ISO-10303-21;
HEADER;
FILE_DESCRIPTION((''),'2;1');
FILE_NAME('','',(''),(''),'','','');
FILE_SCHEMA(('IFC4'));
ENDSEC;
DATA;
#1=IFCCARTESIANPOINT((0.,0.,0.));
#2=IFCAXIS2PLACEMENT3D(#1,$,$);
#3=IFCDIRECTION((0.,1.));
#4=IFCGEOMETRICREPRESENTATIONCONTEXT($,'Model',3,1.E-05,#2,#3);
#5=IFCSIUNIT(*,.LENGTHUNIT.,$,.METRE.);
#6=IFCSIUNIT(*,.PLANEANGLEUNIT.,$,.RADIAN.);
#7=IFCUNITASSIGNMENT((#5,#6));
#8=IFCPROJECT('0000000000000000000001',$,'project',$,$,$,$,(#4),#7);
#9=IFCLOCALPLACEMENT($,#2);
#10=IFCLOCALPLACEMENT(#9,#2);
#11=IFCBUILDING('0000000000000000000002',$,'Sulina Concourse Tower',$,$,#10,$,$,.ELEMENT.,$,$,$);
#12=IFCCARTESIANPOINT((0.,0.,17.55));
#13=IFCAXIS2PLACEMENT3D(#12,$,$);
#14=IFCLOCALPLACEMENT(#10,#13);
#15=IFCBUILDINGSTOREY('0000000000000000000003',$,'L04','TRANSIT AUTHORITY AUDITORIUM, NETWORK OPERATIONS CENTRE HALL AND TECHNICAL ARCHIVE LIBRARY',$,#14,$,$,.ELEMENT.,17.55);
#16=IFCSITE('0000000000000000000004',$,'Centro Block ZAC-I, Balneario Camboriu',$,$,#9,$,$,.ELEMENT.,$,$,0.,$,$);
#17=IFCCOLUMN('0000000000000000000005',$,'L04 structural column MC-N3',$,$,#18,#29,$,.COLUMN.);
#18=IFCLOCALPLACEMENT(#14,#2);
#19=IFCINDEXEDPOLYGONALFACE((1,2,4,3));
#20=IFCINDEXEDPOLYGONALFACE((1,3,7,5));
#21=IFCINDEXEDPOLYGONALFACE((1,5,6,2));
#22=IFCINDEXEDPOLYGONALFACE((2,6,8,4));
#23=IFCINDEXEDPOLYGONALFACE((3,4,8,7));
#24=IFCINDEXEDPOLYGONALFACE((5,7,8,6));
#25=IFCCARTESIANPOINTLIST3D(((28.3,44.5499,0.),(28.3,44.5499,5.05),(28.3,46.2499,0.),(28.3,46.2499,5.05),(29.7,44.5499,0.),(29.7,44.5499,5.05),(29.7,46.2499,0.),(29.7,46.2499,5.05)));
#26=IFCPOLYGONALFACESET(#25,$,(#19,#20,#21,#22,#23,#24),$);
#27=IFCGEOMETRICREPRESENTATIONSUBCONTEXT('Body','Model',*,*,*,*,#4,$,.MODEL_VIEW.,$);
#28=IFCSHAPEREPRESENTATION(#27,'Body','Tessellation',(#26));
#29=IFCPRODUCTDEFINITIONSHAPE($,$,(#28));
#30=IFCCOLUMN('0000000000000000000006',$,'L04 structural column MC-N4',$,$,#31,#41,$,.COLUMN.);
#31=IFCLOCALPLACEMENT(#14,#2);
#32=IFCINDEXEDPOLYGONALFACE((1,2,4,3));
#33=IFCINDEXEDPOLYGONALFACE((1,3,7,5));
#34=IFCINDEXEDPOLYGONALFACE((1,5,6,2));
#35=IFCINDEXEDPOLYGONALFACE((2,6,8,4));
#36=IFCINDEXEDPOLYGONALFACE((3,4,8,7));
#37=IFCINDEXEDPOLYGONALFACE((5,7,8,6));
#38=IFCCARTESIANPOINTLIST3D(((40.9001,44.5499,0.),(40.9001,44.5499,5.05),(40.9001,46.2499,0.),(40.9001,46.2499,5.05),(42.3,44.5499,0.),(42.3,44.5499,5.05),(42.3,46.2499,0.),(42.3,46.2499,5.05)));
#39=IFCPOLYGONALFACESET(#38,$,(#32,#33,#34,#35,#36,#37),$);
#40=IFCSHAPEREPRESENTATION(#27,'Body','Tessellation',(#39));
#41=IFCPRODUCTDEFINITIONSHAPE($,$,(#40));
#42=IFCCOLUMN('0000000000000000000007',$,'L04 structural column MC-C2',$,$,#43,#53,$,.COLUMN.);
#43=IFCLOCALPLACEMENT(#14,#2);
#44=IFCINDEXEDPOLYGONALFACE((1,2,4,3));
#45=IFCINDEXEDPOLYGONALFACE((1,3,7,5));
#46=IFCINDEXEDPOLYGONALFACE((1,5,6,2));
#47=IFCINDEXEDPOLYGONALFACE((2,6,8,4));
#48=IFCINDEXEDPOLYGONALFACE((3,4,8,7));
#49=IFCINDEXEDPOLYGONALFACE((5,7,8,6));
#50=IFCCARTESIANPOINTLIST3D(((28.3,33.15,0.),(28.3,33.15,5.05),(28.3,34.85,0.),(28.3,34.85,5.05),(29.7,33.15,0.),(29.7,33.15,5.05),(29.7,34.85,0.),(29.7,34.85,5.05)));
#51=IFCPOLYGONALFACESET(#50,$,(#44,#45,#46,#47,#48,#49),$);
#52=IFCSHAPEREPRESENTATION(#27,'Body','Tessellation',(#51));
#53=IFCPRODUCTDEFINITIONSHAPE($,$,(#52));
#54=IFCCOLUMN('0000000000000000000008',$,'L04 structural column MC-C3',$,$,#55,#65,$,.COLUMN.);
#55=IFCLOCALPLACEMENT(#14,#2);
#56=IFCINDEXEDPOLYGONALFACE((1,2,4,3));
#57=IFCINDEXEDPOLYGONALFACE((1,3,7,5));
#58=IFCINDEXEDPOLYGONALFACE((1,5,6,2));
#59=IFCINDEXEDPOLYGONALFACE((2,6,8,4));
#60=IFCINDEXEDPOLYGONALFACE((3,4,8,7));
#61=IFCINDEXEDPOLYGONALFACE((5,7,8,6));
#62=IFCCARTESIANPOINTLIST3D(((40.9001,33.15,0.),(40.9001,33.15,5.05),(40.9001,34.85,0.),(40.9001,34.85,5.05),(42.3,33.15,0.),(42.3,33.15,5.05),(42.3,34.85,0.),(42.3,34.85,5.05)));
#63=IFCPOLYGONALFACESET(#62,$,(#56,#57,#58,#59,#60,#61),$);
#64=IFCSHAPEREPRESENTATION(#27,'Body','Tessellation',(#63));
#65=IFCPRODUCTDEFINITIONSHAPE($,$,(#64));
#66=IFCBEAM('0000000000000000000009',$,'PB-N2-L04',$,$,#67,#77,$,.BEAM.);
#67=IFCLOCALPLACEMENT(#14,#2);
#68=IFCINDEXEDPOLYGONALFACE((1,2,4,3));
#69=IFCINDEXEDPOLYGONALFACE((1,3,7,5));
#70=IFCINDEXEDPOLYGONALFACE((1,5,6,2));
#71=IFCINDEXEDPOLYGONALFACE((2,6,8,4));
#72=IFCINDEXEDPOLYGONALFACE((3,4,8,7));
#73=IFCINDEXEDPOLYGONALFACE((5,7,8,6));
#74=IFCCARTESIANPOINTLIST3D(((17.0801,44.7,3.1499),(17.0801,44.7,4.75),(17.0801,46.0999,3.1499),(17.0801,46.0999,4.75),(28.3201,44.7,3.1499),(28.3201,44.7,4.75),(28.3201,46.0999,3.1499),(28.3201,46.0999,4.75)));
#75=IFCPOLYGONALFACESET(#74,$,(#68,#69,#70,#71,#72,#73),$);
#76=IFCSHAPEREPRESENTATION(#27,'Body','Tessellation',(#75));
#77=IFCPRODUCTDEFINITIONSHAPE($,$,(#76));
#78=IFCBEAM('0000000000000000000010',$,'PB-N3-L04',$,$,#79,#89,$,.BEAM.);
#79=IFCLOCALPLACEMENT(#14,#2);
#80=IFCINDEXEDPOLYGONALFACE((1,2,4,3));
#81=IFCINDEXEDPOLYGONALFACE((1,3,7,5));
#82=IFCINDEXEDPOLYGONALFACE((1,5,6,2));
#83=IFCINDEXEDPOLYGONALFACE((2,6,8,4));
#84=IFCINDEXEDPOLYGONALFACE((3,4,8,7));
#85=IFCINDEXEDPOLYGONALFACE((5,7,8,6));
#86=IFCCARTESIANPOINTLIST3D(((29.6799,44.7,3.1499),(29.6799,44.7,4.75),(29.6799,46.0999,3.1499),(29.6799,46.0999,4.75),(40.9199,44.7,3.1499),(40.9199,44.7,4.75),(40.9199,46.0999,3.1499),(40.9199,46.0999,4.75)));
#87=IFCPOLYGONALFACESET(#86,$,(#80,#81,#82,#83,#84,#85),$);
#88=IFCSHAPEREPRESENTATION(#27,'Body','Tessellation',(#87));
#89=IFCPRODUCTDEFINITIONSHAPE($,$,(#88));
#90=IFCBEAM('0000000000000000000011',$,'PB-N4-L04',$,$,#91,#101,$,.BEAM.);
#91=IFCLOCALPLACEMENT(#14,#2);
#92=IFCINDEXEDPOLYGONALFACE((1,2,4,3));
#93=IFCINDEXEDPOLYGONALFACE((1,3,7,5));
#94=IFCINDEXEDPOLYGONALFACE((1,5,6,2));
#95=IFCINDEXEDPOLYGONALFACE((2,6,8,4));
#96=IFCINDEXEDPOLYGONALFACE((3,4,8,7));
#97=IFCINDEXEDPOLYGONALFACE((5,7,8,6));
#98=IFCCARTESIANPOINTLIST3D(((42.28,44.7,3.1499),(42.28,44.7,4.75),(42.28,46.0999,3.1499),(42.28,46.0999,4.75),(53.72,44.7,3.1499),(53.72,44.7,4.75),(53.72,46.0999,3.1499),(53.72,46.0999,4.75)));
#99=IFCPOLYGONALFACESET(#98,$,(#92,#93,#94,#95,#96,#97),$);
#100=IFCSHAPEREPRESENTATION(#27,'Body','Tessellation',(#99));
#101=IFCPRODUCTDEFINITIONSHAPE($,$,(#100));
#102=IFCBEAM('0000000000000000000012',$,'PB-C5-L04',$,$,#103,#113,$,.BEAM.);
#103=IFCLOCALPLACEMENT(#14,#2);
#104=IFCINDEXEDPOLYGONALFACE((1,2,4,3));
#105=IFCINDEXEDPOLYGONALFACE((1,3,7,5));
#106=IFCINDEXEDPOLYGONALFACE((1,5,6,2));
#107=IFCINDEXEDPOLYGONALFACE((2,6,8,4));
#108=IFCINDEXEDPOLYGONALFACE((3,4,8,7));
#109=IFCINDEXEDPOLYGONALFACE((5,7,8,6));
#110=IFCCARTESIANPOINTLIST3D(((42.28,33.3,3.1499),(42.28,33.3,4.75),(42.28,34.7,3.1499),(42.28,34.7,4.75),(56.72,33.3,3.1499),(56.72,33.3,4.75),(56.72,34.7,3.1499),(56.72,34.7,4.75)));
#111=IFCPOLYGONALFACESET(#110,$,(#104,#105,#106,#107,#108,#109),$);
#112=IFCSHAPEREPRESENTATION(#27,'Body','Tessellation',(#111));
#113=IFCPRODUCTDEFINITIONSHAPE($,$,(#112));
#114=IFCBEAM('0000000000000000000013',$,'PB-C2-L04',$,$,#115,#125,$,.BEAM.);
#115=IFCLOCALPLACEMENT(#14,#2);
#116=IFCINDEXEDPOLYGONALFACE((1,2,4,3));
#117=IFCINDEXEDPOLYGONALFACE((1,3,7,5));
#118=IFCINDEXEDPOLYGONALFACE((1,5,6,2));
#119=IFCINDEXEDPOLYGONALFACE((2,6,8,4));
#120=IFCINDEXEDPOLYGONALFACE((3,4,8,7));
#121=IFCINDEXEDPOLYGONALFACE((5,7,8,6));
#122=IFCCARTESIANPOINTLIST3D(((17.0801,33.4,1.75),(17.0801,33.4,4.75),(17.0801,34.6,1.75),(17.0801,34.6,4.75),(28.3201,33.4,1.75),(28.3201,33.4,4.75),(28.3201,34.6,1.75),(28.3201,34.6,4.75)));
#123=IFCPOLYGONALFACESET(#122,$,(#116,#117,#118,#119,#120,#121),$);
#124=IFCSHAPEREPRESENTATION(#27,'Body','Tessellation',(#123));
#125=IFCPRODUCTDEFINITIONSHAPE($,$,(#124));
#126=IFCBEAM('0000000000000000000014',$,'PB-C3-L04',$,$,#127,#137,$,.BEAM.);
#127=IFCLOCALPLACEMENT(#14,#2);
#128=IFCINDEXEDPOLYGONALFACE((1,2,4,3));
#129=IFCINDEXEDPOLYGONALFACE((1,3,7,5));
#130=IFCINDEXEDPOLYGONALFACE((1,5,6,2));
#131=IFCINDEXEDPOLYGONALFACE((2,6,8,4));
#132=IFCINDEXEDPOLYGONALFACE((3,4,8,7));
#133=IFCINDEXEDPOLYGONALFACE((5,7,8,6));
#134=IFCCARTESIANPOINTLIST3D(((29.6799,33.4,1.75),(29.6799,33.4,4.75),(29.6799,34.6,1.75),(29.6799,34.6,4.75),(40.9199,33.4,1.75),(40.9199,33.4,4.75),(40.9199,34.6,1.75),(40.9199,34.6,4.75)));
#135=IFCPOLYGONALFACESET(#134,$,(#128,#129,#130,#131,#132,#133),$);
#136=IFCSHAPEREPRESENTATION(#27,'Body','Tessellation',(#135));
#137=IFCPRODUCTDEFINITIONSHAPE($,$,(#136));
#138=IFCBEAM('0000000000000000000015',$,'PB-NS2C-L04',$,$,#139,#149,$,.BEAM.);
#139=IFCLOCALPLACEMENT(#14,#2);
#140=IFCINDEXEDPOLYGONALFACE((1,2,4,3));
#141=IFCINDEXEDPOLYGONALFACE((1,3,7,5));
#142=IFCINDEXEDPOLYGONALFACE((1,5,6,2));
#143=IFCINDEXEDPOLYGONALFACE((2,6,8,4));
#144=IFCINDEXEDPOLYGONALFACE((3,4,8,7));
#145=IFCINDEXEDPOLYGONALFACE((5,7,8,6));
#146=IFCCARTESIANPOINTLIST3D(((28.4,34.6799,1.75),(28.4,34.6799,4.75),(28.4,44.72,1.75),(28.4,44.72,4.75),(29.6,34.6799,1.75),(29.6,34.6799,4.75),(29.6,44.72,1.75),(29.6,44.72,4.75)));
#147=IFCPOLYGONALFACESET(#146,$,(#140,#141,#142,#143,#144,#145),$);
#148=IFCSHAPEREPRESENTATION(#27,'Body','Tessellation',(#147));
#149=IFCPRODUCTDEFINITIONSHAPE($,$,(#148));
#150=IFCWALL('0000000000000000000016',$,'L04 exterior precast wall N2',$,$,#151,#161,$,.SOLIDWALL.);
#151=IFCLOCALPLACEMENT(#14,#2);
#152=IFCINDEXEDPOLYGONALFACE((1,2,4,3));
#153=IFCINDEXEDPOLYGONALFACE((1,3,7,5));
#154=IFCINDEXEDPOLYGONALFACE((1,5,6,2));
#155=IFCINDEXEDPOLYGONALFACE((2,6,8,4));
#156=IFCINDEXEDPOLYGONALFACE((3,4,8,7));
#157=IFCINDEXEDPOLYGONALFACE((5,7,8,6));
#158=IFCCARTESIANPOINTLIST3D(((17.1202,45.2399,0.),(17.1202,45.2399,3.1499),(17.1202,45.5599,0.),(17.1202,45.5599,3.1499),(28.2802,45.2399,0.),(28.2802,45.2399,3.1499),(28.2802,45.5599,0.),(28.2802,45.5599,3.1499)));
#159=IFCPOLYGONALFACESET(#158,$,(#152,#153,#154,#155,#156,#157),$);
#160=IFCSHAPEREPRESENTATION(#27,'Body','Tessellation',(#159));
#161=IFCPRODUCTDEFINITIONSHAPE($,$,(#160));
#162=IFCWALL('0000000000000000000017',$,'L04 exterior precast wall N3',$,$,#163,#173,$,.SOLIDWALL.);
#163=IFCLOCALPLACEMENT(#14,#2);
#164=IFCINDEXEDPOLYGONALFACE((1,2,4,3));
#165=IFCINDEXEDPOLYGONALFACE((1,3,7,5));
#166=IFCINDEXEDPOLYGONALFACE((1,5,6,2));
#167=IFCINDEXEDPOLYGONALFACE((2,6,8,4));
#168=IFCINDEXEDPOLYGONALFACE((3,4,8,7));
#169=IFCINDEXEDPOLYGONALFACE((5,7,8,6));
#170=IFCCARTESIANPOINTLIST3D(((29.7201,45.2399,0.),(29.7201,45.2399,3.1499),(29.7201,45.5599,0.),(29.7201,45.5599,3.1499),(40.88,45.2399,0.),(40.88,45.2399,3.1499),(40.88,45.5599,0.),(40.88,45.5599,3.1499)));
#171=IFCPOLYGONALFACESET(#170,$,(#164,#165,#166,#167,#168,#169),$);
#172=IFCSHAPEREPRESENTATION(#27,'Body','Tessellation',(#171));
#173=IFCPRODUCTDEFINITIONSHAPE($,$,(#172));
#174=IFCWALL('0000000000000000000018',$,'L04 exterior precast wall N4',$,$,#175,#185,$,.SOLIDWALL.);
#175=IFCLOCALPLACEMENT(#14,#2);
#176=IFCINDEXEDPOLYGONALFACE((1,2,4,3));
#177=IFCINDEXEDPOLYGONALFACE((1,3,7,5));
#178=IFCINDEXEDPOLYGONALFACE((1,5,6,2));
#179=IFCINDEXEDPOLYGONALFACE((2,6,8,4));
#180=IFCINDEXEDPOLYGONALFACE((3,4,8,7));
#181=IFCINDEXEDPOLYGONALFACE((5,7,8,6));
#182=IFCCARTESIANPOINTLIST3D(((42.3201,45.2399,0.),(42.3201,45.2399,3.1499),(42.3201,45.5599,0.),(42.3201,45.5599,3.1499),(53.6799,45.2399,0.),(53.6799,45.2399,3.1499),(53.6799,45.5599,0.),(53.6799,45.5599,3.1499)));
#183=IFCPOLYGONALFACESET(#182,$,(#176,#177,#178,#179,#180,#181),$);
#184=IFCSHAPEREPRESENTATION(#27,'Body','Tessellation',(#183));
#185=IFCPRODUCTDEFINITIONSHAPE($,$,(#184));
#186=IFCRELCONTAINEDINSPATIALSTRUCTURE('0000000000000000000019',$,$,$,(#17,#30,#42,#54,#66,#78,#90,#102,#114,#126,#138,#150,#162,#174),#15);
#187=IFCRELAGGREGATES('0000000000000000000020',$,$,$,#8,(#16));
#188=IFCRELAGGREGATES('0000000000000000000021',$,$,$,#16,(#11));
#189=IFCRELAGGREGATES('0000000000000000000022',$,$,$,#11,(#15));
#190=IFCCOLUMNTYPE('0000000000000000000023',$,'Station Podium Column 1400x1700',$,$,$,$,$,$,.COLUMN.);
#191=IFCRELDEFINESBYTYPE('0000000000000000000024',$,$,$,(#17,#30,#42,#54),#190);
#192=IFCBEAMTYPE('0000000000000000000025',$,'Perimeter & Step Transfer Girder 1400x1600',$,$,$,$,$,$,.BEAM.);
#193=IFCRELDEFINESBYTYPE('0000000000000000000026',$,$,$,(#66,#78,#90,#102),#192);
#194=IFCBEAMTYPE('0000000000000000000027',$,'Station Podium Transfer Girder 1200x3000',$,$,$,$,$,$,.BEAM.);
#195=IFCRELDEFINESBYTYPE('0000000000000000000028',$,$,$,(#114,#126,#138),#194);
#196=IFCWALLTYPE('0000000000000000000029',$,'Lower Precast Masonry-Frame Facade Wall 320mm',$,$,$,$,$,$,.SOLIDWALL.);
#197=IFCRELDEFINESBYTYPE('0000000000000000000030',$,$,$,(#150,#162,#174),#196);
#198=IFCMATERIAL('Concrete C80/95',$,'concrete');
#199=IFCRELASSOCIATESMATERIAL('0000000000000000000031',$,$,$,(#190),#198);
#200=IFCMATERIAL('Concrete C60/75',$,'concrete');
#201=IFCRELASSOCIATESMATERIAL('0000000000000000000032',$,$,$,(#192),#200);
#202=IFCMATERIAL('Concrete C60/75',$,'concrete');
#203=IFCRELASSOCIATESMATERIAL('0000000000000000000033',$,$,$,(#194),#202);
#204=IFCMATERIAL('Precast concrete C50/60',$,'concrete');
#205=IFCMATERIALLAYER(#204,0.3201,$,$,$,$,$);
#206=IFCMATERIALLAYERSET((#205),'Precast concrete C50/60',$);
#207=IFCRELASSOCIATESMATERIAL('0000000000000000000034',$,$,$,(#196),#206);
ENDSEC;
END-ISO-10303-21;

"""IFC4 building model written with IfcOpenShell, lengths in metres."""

from ifc_helpers import new_model, si_unit, direction, frame, frame_2d, origin, origin_2d, place, context, subcontext, project, spatial, rectangle, extrude, material, layer, layer_set, material_profile, profile_set, type_object, element, save


model = new_model("IFC4")

# Units and contexts
model_context = context("Model", 3, precision=1e-05, world=origin(), true_north=direction((0.0, 1.0)))
body_context = subcontext(model_context, "Body", "Model", "MODEL_VIEW")
ifc_project = project(units=[si_unit("LENGTHUNIT", "METRE"), si_unit("PLANEANGLEUNIT", "RADIAN")], contexts=[model_context])

# Site, building, storey
site_placement = place(None, origin())
site = spatial("IfcSite", under=ifc_project, at=site_placement, Name="Centro Block ZAC-I, Balneario Camboriu", CompositionType="ELEMENT", RefElevation=0.0)
building_placement = place(site_placement, origin())
building = spatial("IfcBuilding", under=site, at=building_placement, Name="Sulina Concourse Tower", CompositionType="ELEMENT")
storey_placement = place(building_placement, frame((0.0, 0.0, 17.55)))
storey = spatial("IfcBuildingStorey", under=building, at=storey_placement, Name="L04", Description="TRANSIT AUTHORITY AUDITORIUM, NETWORK OPERATIONS CENTRE HALL AND TECHNICAL ARCHIVE LIBRARY", CompositionType="ELEMENT", Elevation=17.55)

# Columns
ifc_material_1 = material(Name="Concrete C80/95", Category="concrete")
ifc_material_profile_1 = material_profile(ifc_material_1, rectangle(XDim=1.3999, YDim=1.7, at=origin_2d()), Name="RC 1400x1700")
ifc_profile_set_1 = profile_set([ifc_material_profile_1], Name="Concrete C80/95")
column_type = type_object("IfcColumnType", Name="Station Podium Column 1400x1700", PredefinedType="COLUMN", material=ifc_profile_set_1)
for number, where, z_axis, x_axis, name in (
    (1, (29.0, 45.3999, 0.0), (0.0, 0.0, 1.0), (1.0, 0.0, 0.0), "L04 structural column MC-N3"),
    (2, (41.6001, 45.3999, 0.0), (0.0, 0.0, 1.0), (1.0, 0.0, 0.0), "L04 structural column MC-N4"),
    (3, (29.0, 34.0, 0.0), (0.0, 0.0, 1.0), (1.0, 0.0, 0.0), "L04 structural column MC-C2"),
    (4, (41.6001, 34.0, 0.0), (0.0, 0.0, 1.0), (1.0, 0.0, 0.0), "L04 structural column MC-C3"),
):
    element("IfcColumn", number, at=place(storey_placement, frame(where, z_axis=z_axis, x_axis=x_axis)), inside=storey, type_object=column_type, Name=name, PredefinedType="COLUMN", context=body_context, shape_type="SweptSolid", body=[
        extrude(rectangle(XDim=1.3999, YDim=1.7, at=origin_2d()), origin(), (0.0, 0.0, 1.0), 5.05),
    ])

# Beams
ifc_material_2 = material(Name="Concrete C60/75", Category="concrete")
ifc_material_profile_2 = material_profile(ifc_material_2, rectangle(XDim=1.3999, YDim=1.6001, at=origin_2d()), Name="RC 1400x1600")
ifc_profile_set_2 = profile_set([ifc_material_profile_2], Name="Concrete C60/75")
beam_type_1 = type_object("IfcBeamType", Name="Perimeter & Step Transfer Girder 1400x1600", PredefinedType="BEAM", material=ifc_profile_set_2)
for number, where, z_axis, x_axis, name in (
    (5, (17.0801, 45.3999, 3.95), (1.0, 0.0, 0.0), (0.0, 1.0, 0.0), "PB-N2-L04"),
    (6, (29.6799, 45.3999, 3.95), (1.0, 0.0, 0.0), (0.0, 1.0, 0.0), "PB-N3-L04"),
):
    element("IfcBeam", number, at=place(storey_placement, frame(where, z_axis=z_axis, x_axis=x_axis)), inside=storey, type_object=beam_type_1, Name=name, PredefinedType="BEAM", context=body_context, shape_type="SweptSolid", body=[
        extrude(rectangle(XDim=1.3999, YDim=1.6001, at=origin_2d()), origin(), (0.0, 0.0, 1.0), 11.24),
    ])
beam_1_placement = place(storey_placement, frame((42.28, 45.3999, 3.95), z_axis=(1.0, 0.0, 0.0), x_axis=(0.0, 1.0, 0.0)))
element("IfcBeam", 7, at=beam_1_placement, inside=storey, type_object=beam_type_1, Name="PB-N4-L04", PredefinedType="BEAM", context=body_context, shape_type="SweptSolid", body=[
    extrude(rectangle(XDim=1.3999, YDim=1.6001, at=origin_2d()), origin(), (0.0, 0.0, 1.0), 11.4399),
])
beam_2_placement = place(storey_placement, frame((42.28, 34.0, 3.95), z_axis=(1.0, 0.0, 0.0), x_axis=(0.0, 1.0, 0.0)))
element("IfcBeam", 8, at=beam_2_placement, inside=storey, type_object=beam_type_1, Name="PB-C5-L04", PredefinedType="BEAM", context=body_context, shape_type="SweptSolid", body=[
    extrude(rectangle(XDim=1.3999, YDim=1.6001, at=origin_2d()), origin(), (0.0, 0.0, 1.0), 14.4399),
])
ifc_material_3 = material(Name="Concrete C60/75", Category="concrete")
ifc_material_profile_3 = material_profile(ifc_material_3, rectangle(XDim=1.2, YDim=3.0, at=origin_2d()), Name="RC 1200x3000")
ifc_profile_set_3 = profile_set([ifc_material_profile_3], Name="Concrete C60/75")
beam_type_2 = type_object("IfcBeamType", Name="Station Podium Transfer Girder 1200x3000", PredefinedType="BEAM", material=ifc_profile_set_3)
for number, where, z_axis, x_axis, name in (
    (9, (17.0801, 34.0, 3.25), (1.0, 0.0, 0.0), (0.0, 1.0, 0.0), "PB-C2-L04"),
    (10, (29.6799, 34.0, 3.25), (1.0, 0.0, 0.0), (0.0, 1.0, 0.0), "PB-C3-L04"),
):
    element("IfcBeam", number, at=place(storey_placement, frame(where, z_axis=z_axis, x_axis=x_axis)), inside=storey, type_object=beam_type_2, Name=name, PredefinedType="BEAM", context=body_context, shape_type="SweptSolid", body=[
        extrude(rectangle(XDim=1.2, YDim=3.0, at=origin_2d()), origin(), (0.0, 0.0, 1.0), 11.24),
    ])
beam_3_placement = place(storey_placement, frame((29.0, 34.6799, 3.25), z_axis=(0.0, 1.0, 0.0), x_axis=(-1.0, 0.0, 0.0)))
element("IfcBeam", 11, at=beam_3_placement, inside=storey, type_object=beam_type_2, Name="PB-NS2C-L04", PredefinedType="BEAM", context=body_context, shape_type="SweptSolid", body=[
    extrude(rectangle(XDim=1.2, YDim=3.0, at=origin_2d()), origin(), (0.0, 0.0, 1.0), 10.04),
])

# Walls
ifc_material_4 = material(Name="Precast concrete C50/60", Category="concrete")
ifc_layer_1 = layer(ifc_material_4, 0.3201)
ifc_layer_set_1 = layer_set([ifc_layer_1], Name="Precast concrete C50/60")
wall_type_1 = type_object("IfcWallType", Name="Lower Precast Masonry-Frame Facade Wall 320mm", PredefinedType="SOLIDWALL", material=ifc_layer_set_1)
for number, where, z_axis, x_axis, name in (
    (12, (17.1201, 45.3999, 0.0), (0.0, 0.0, 1.0), (1.0, 0.0, 0.0), "L04 exterior precast wall N2"),
    (13, (29.72, 45.3999, 0.0), (0.0, 0.0, 1.0), (1.0, 0.0, 0.0), "L04 exterior precast wall N3"),
):
    element("IfcWall", number, at=place(storey_placement, frame(where, z_axis=z_axis, x_axis=x_axis)), inside=storey, type_object=wall_type_1, Name=name, PredefinedType="SOLIDWALL", context=body_context, shape_type="SweptSolid", body=[
        extrude(rectangle(XDim=11.1599, YDim=0.3201, at=frame_2d((5.5801, 0.0))), origin(), (0.0, 0.0, 1.0), 3.1499),
    ])
wall_1_placement = place(storey_placement, frame((42.3201, 45.3999, 0.0), z_axis=(0.0, 0.0, 1.0), x_axis=(1.0, 0.0, 0.0)))
element("IfcWall", 14, at=wall_1_placement, inside=storey, type_object=wall_type_1, Name="L04 exterior precast wall N4", PredefinedType="SOLIDWALL", context=body_context, shape_type="SweptSolid", body=[
    extrude(rectangle(XDim=11.3599, YDim=0.3201, at=frame_2d((5.6799, 0.0))), origin(), (0.0, 0.0, 1.0), 3.1499),
])

save(model, "model.ifc")
